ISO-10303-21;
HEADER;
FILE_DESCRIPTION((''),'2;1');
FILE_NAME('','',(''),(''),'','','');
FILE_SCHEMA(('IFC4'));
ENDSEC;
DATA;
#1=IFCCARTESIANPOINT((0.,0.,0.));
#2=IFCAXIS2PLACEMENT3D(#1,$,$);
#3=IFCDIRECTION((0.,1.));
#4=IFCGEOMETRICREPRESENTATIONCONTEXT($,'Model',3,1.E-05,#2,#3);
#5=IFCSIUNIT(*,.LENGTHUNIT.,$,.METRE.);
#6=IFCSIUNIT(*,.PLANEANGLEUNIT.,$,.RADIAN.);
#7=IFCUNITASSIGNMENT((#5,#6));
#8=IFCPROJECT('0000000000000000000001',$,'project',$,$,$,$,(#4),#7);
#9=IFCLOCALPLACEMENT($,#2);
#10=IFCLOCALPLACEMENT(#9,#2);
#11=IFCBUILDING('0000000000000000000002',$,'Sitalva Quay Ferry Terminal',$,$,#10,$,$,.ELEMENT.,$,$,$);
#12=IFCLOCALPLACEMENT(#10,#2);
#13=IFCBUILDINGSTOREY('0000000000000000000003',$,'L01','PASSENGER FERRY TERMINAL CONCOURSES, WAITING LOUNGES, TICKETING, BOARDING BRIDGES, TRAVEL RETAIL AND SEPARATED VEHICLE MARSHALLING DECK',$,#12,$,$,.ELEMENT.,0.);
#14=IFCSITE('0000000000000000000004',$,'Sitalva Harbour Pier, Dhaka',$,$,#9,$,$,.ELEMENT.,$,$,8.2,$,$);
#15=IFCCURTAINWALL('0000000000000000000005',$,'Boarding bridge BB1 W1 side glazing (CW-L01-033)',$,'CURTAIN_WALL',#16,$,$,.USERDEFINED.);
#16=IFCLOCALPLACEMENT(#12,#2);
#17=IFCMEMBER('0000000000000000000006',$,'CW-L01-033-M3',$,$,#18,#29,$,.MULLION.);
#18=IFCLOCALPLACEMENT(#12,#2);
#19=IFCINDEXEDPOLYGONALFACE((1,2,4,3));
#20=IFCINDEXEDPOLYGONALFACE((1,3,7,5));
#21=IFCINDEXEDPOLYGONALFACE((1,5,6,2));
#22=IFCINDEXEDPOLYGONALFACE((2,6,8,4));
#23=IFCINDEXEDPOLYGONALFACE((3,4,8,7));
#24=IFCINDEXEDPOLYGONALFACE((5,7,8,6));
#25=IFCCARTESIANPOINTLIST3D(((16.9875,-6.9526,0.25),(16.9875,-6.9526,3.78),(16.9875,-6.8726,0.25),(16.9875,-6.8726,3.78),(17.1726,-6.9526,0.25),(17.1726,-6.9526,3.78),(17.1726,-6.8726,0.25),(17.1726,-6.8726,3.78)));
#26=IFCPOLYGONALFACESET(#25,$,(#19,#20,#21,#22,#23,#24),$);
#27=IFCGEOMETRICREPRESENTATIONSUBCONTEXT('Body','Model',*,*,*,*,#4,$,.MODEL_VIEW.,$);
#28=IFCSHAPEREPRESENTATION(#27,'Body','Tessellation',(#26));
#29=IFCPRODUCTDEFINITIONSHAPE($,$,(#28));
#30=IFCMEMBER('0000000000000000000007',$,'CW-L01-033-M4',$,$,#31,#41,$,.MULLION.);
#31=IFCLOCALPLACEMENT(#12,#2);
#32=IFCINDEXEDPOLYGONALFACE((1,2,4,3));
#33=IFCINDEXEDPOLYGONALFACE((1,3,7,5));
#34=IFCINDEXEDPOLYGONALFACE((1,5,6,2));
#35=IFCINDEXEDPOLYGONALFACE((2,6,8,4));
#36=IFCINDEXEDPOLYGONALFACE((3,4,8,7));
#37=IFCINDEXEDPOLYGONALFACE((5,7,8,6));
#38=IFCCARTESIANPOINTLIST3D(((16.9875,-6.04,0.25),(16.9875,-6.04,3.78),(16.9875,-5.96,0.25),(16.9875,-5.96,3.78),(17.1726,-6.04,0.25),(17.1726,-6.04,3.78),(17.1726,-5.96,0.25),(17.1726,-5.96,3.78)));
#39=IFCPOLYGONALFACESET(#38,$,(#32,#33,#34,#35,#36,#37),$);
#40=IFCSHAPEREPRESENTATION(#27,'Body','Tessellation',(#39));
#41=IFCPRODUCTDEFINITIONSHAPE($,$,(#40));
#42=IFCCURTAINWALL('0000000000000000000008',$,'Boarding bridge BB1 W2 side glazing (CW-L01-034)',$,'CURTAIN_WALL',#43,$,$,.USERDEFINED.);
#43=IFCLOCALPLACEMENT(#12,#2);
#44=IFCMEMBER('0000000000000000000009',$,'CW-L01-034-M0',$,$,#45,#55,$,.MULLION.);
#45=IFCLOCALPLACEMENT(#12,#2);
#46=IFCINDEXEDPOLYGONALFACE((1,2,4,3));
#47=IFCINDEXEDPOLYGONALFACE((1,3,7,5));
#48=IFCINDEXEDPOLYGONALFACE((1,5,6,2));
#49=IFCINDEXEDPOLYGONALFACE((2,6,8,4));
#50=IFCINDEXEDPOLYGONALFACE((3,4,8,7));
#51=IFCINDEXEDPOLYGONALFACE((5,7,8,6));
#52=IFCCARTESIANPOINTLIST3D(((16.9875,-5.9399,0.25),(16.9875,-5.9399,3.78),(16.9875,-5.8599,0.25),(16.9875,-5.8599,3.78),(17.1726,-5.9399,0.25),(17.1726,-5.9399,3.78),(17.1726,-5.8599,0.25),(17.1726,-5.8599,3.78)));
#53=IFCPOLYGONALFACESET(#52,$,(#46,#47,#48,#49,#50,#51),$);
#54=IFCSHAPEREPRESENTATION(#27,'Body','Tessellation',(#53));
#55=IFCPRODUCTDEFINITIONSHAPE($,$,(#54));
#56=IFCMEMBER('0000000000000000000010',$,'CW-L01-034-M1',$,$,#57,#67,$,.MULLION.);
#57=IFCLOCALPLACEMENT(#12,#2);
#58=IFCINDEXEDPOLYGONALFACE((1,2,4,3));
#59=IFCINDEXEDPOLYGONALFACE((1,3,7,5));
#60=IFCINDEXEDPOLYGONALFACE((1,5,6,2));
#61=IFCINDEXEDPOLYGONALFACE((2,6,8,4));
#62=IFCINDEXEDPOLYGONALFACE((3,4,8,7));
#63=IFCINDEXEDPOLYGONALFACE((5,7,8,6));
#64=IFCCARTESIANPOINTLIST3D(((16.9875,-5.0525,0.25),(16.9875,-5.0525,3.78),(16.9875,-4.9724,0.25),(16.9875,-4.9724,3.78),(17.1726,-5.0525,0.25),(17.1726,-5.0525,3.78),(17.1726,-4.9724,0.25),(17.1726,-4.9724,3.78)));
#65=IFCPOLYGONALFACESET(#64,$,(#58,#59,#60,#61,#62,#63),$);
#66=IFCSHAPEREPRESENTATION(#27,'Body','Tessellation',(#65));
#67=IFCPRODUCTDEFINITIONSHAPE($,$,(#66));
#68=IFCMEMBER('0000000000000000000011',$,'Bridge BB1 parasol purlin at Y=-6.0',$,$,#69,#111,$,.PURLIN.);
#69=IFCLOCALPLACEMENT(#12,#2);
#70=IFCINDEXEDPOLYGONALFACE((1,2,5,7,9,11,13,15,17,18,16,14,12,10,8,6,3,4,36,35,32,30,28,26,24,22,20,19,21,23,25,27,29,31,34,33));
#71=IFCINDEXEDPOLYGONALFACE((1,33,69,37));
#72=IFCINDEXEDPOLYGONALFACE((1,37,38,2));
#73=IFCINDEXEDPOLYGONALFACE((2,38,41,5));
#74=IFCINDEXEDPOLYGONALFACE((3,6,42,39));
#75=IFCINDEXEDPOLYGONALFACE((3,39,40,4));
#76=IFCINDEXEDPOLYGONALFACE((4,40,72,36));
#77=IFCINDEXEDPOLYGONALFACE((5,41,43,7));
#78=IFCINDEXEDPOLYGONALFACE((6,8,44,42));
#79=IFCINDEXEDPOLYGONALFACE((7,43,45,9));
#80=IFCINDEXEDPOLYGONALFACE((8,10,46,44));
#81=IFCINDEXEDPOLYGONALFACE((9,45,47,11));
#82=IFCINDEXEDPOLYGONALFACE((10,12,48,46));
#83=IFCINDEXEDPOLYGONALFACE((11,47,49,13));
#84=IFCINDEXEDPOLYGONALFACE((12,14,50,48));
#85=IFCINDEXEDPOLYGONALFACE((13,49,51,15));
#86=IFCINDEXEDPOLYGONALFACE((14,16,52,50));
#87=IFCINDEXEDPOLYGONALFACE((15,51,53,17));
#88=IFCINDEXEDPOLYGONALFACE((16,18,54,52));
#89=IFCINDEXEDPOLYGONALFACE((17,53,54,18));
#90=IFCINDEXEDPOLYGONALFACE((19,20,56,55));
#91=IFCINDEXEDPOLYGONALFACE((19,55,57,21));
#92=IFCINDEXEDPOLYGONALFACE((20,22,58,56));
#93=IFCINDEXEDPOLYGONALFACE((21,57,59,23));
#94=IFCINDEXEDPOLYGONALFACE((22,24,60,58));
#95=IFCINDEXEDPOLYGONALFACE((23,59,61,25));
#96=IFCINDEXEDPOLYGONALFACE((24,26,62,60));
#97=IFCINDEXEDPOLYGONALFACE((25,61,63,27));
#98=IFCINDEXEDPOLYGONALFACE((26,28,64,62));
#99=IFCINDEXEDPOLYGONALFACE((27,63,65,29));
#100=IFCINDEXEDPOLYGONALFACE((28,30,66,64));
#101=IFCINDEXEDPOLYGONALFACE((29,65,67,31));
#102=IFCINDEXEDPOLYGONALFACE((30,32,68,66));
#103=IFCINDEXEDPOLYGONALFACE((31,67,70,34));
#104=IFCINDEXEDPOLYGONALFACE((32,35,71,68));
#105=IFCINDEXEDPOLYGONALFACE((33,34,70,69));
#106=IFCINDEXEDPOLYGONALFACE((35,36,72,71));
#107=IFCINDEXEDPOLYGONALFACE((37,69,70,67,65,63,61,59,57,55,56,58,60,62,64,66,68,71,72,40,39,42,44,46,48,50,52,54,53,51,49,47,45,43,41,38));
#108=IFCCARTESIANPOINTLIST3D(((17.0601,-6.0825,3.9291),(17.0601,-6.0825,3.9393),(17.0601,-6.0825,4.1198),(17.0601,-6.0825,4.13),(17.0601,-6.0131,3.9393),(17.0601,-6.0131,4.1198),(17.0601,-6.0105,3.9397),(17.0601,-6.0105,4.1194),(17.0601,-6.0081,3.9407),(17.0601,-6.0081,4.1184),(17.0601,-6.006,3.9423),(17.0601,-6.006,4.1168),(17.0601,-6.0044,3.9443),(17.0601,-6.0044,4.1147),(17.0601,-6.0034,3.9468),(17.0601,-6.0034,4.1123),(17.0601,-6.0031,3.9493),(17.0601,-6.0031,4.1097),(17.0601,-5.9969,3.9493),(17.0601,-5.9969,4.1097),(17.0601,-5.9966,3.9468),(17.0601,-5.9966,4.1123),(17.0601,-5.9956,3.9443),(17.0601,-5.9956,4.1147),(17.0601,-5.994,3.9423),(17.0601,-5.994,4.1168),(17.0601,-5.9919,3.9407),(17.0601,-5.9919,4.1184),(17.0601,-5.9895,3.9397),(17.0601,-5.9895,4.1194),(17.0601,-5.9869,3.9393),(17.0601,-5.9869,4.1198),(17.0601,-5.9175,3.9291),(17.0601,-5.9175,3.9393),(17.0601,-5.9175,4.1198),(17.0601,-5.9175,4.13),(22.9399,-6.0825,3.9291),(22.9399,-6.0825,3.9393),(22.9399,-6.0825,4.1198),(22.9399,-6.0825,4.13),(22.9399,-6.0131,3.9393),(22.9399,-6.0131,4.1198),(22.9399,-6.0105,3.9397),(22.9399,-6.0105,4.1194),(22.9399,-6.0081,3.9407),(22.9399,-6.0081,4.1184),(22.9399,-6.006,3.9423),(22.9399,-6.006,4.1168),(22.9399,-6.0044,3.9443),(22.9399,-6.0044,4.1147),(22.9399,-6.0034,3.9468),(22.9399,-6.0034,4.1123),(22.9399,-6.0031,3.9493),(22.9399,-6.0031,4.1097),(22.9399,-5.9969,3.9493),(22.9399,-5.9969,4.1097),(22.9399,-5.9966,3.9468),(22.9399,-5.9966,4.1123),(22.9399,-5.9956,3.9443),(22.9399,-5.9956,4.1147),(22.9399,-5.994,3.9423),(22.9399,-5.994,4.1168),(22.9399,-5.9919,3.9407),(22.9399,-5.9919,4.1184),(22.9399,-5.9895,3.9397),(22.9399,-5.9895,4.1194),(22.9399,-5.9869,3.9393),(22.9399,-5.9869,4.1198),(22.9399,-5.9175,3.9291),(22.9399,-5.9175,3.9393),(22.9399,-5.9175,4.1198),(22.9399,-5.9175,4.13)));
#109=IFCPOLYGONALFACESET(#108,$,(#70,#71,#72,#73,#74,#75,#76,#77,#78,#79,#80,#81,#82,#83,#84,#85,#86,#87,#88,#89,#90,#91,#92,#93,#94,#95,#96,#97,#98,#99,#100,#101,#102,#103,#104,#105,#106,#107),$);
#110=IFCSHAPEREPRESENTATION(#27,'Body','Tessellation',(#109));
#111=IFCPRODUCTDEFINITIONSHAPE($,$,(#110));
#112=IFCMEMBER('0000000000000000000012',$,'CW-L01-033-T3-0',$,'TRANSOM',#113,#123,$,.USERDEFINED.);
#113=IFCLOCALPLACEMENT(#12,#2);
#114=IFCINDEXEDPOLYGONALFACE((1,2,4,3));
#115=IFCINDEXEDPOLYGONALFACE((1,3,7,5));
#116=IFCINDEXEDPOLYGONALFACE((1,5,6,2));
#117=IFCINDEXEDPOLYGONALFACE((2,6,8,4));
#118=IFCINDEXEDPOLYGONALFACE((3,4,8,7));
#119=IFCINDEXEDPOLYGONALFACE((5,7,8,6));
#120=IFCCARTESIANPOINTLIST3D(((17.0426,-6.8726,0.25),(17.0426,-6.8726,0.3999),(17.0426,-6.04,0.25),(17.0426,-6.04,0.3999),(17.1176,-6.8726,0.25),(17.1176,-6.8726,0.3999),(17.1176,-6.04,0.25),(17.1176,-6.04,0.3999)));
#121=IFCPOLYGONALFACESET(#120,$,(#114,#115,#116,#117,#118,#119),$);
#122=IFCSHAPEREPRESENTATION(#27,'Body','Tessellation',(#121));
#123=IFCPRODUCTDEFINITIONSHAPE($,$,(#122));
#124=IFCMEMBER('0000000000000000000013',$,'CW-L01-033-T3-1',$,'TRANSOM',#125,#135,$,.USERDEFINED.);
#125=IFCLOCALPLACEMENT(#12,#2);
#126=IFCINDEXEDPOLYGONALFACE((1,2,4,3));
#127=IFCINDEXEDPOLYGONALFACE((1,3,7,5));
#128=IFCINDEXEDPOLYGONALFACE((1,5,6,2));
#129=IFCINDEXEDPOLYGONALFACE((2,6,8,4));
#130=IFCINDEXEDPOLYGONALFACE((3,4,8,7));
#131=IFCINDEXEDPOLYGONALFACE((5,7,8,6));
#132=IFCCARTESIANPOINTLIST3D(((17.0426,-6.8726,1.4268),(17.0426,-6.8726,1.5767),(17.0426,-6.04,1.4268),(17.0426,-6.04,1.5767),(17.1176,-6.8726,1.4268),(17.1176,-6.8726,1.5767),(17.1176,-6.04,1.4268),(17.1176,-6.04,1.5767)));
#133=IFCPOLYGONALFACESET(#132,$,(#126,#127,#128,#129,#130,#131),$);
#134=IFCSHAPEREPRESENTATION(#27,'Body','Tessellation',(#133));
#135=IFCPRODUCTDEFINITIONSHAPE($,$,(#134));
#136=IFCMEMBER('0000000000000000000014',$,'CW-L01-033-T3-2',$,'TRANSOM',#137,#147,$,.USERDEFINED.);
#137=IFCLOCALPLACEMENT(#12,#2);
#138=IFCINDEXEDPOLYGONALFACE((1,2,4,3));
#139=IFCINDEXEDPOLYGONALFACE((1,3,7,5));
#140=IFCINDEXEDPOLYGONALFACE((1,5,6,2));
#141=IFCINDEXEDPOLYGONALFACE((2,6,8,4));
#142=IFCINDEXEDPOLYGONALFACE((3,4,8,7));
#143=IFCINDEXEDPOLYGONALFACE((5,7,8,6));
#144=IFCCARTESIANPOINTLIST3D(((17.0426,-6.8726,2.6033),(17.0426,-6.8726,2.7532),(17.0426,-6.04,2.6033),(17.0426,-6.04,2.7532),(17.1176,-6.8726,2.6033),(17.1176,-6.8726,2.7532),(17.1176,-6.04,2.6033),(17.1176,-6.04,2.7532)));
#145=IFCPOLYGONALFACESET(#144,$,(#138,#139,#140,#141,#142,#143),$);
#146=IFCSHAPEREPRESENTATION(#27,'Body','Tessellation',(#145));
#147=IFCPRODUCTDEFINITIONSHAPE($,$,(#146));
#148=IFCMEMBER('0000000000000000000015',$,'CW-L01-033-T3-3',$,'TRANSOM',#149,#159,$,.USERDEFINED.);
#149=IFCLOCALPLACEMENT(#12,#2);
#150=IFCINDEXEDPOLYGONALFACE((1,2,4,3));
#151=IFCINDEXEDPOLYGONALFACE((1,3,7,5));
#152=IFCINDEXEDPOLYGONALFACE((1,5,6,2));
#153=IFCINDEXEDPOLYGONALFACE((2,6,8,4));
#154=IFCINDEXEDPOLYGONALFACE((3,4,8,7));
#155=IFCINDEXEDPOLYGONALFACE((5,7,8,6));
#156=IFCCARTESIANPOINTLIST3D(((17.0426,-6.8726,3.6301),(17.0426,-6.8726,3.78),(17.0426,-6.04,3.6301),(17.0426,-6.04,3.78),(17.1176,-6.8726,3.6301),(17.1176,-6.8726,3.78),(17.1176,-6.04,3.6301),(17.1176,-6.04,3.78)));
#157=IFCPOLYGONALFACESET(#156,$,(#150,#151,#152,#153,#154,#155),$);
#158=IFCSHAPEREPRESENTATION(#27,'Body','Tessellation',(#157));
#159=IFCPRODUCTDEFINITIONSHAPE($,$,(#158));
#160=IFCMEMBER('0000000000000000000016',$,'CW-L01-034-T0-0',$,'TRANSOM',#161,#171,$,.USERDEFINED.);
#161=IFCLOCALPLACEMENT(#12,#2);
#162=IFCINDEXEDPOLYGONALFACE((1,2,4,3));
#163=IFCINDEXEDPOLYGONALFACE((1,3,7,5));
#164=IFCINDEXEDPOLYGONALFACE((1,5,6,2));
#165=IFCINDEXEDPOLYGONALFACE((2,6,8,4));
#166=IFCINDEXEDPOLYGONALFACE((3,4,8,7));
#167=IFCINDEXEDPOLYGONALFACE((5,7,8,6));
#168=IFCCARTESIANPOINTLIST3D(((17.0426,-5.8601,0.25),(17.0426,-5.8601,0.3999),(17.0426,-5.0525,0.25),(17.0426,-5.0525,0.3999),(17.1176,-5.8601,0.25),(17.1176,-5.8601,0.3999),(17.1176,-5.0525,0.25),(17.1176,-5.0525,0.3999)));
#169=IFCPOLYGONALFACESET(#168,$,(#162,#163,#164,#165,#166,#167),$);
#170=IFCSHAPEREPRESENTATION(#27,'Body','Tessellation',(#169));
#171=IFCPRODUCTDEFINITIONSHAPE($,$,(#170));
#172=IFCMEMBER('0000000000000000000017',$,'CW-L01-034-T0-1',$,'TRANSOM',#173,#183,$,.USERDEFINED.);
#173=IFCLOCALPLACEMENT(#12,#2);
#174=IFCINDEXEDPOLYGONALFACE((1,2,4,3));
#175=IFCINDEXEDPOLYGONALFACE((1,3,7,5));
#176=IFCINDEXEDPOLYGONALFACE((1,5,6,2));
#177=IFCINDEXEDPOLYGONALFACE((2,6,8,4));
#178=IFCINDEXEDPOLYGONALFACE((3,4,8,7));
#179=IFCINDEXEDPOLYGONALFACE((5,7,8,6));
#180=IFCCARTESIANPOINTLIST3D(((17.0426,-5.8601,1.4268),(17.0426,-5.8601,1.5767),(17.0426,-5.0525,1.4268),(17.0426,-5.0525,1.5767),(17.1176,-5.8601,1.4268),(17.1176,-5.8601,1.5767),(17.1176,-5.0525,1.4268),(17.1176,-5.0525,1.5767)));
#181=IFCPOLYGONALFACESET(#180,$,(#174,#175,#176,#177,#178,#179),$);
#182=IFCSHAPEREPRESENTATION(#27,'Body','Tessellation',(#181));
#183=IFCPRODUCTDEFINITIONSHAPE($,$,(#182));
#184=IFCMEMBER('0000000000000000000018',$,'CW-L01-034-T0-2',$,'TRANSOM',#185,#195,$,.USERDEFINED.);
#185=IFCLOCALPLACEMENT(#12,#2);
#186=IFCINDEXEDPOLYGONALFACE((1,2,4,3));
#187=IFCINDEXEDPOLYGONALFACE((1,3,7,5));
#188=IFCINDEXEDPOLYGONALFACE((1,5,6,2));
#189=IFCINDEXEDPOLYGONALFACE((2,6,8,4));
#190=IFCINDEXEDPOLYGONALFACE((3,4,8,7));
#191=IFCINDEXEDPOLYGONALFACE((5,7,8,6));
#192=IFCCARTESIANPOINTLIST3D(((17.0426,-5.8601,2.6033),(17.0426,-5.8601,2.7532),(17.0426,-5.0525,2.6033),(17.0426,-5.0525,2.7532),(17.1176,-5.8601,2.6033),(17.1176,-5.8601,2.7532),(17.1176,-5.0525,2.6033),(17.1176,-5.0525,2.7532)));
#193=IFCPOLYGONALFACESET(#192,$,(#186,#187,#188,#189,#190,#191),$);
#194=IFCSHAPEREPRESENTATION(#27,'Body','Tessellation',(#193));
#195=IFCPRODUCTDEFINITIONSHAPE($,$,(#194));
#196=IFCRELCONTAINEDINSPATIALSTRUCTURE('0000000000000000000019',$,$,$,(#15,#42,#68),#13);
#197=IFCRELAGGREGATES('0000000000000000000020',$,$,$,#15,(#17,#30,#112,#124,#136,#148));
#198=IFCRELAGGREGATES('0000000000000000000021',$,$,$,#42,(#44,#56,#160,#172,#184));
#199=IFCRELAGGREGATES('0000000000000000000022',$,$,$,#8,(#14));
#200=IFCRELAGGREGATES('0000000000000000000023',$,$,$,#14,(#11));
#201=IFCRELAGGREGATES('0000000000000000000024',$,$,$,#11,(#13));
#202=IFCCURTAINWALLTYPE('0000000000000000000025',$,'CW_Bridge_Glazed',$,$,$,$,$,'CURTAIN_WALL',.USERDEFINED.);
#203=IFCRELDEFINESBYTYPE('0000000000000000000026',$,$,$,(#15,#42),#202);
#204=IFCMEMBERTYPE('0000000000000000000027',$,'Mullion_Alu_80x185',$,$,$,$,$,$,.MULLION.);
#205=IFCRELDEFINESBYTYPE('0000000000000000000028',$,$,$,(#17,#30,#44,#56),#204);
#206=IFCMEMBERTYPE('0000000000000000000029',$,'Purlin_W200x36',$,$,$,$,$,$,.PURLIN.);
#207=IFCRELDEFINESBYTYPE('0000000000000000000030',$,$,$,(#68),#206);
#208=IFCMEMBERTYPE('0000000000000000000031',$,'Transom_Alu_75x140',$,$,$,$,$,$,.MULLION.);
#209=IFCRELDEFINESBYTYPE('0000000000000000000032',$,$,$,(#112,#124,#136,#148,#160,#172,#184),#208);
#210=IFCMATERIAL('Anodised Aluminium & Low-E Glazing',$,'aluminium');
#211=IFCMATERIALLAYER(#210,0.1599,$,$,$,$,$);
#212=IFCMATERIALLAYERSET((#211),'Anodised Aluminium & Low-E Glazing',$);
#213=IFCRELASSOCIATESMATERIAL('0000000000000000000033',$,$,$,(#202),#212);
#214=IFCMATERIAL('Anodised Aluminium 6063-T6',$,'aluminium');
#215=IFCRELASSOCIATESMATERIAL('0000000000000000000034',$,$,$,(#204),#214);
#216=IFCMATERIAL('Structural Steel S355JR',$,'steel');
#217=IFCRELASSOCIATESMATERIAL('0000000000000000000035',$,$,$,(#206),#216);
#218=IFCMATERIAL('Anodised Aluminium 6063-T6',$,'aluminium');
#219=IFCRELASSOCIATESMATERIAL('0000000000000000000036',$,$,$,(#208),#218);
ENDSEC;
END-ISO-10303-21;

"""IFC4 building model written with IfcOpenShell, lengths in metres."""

from ifc_helpers import new_model, si_unit, direction, frame, origin, origin_2d, place, context, subcontext, project, spatial, rectangle, i_section, extrude, material, layer, layer_set, material_profile, profile_set, type_object, element, aggregate, save


model = new_model("IFC4")

# Units and contexts
model_context = context("Model", 3, precision=1e-05, world=origin(), true_north=direction((0.0, 1.0)))
body_context = subcontext(model_context, "Body", "Model", "MODEL_VIEW")
ifc_project = project(units=[si_unit("LENGTHUNIT", "METRE"), si_unit("PLANEANGLEUNIT", "RADIAN")], contexts=[model_context])

# Site, building, storey
site_placement = place(None, origin())
site = spatial("IfcSite", under=ifc_project, at=site_placement, Name="Sitalva Harbour Pier, Dhaka", CompositionType="ELEMENT", RefElevation=8.2)
building_placement = place(site_placement, origin())
building = spatial("IfcBuilding", under=site, at=building_placement, Name="Sitalva Quay Ferry Terminal", CompositionType="ELEMENT")
storey_placement = place(building_placement, origin())
storey = spatial("IfcBuildingStorey", under=building, at=storey_placement, Name="L01", Description="PASSENGER FERRY TERMINAL CONCOURSES, WAITING LOUNGES, TICKETING, BOARDING BRIDGES, TRAVEL RETAIL AND SEPARATED VEHICLE MARSHALLING DECK", CompositionType="ELEMENT", Elevation=0.0)

# Curtain walls, members
ifc_material_1 = material(Name="Anodised Aluminium & Low-E Glazing", Category="aluminium")
ifc_layer_1 = layer(ifc_material_1, 0.1599)
ifc_layer_set_1 = layer_set([ifc_layer_1], Name="Anodised Aluminium & Low-E Glazing")
curtain_wall_type = type_object("IfcCurtainWallType", Name="CW_Bridge_Glazed", ElementType="CURTAIN_WALL", PredefinedType="USERDEFINED", material=ifc_layer_set_1)
curtain_wall_1_placement = place(storey_placement, origin())
curtain_wall_1 = element("IfcCurtainWall", 1, at=curtain_wall_1_placement, inside=storey, type_object=curtain_wall_type, Name="Boarding bridge BB1 W1 side glazing (CW-L01-033)", ObjectType="CURTAIN_WALL", PredefinedType="USERDEFINED")
ifc_material_2 = material(Name="Anodised Aluminium 6063-T6", Category="aluminium")
ifc_material_profile_1 = material_profile(ifc_material_2, rectangle(XDim=0.0801, YDim=0.1851, at=origin_2d()), Name="ALU80x185")
ifc_profile_set_1 = profile_set([ifc_material_profile_1], Name="Anodised Aluminium 6063-T6")
member_type_1 = type_object("IfcMemberType", Name="Mullion_Alu_80x185", PredefinedType="MULLION", material=ifc_profile_set_1)
member_1_placement = place(storey_placement, frame((17.0801, -6.9126, 0.25), z_axis=(0.0, 0.0, 1.0), x_axis=(0.0, 1.0, 0.0)))
member_1 = element("IfcMember", 2, at=member_1_placement, type_object=member_type_1, Name="CW-L01-033-M3", PredefinedType="MULLION", context=body_context, shape_type="SweptSolid", body=[
    extrude(rectangle(XDim=0.0801, YDim=0.1851, at=origin_2d()), origin(), (0.0, 0.0, 1.0), 3.53),
])
member_2_placement = place(storey_placement, frame((17.0801, -6.0, 0.25), z_axis=(0.0, 0.0, 1.0), x_axis=(0.0, 1.0, 0.0)))
member_2 = element("IfcMember", 3, at=member_2_placement, type_object=member_type_1, Name="CW-L01-033-M4", PredefinedType="MULLION", context=body_context, shape_type="SweptSolid", body=[
    extrude(rectangle(XDim=0.0801, YDim=0.1851, at=origin_2d()), origin(), (0.0, 0.0, 1.0), 3.53),
])
curtain_wall_2_placement = place(storey_placement, origin())
curtain_wall_2 = element("IfcCurtainWall", 4, at=curtain_wall_2_placement, inside=storey, type_object=curtain_wall_type, Name="Boarding bridge BB1 W2 side glazing (CW-L01-034)", ObjectType="CURTAIN_WALL", PredefinedType="USERDEFINED")
member_3_placement = place(storey_placement, frame((17.0801, -5.8999, 0.25), z_axis=(0.0, 0.0, 1.0), x_axis=(0.0, 1.0, 0.0)))
member_3 = element("IfcMember", 5, at=member_3_placement, type_object=member_type_1, Name="CW-L01-034-M0", PredefinedType="MULLION", context=body_context, shape_type="SweptSolid", body=[
    extrude(rectangle(XDim=0.0801, YDim=0.1851, at=origin_2d()), origin(), (0.0, 0.0, 1.0), 3.53),
])
member_4_placement = place(storey_placement, frame((17.0801, -5.0125, 0.25), z_axis=(0.0, 0.0, 1.0), x_axis=(0.0, 1.0, 0.0)))
member_4 = element("IfcMember", 6, at=member_4_placement, type_object=member_type_1, Name="CW-L01-034-M1", PredefinedType="MULLION", context=body_context, shape_type="SweptSolid", body=[
    extrude(rectangle(XDim=0.0801, YDim=0.1851, at=origin_2d()), origin(), (0.0, 0.0, 1.0), 3.53),
])

# Members
ifc_material_3 = material(Name="Structural Steel S355JR", Category="steel")
ifc_material_profile_2 = material_profile(ifc_material_3, i_section(OverallWidth=0.165, OverallDepth=0.2009, WebThickness=0.0061, FlangeThickness=0.0103, FilletRadius=0.01, at=origin_2d()), Name="W200x36")
ifc_profile_set_2 = profile_set([ifc_material_profile_2], Name="Structural Steel S355JR")
member_type_2 = type_object("IfcMemberType", Name="Purlin_W200x36", PredefinedType="PURLIN", material=ifc_profile_set_2)
member_5_placement = place(storey_placement, frame((17.0601, -6.0, 4.0295), z_axis=(1.0, 0.0, 0.0), x_axis=(0.0, 1.0, 0.0)))
element("IfcMember", 7, at=member_5_placement, inside=storey, type_object=member_type_2, Name="Bridge BB1 parasol purlin at Y=-6.0", PredefinedType="PURLIN", context=body_context, shape_type="SweptSolid", body=[
    extrude(i_section(OverallWidth=0.165, OverallDepth=0.2009, WebThickness=0.0061, FlangeThickness=0.0103, FilletRadius=0.01, at=origin_2d()), origin(), (0.0, 0.0, 1.0), 5.8799),
])
ifc_material_4 = material(Name="Anodised Aluminium 6063-T6", Category="aluminium")
ifc_material_profile_3 = material_profile(ifc_material_4, rectangle(XDim=0.075, YDim=0.1499, at=origin_2d()), Name="ALU75x150")
ifc_profile_set_3 = profile_set([ifc_material_profile_3], Name="Anodised Aluminium 6063-T6")
member_type_3 = type_object("IfcMemberType", Name="Transom_Alu_75x140", PredefinedType="MULLION", material=ifc_profile_set_3)
member_6_placement = place(storey_placement, frame((17.0801, -6.8726, 0.325), z_axis=(0.0, 1.0, 0.0), x_axis=(-1.0, 0.0, 0.0)))
member_6 = element("IfcMember", 8, at=member_6_placement, type_object=member_type_3, Name="CW-L01-033-T3-0", ObjectType="TRANSOM", PredefinedType="USERDEFINED", context=body_context, shape_type="SweptSolid", body=[
    extrude(rectangle(XDim=0.075, YDim=0.1499, at=origin_2d()), origin(), (0.0, 0.0, 1.0), 0.8325),
])
member_7_placement = place(storey_placement, frame((17.0801, -6.8726, 1.5017), z_axis=(0.0, 1.0, 0.0), x_axis=(-1.0, 0.0, 0.0)))
member_7 = element("IfcMember", 9, at=member_7_placement, type_object=member_type_3, Name="CW-L01-033-T3-1", ObjectType="TRANSOM", PredefinedType="USERDEFINED", context=body_context, shape_type="SweptSolid", body=[
    extrude(rectangle(XDim=0.075, YDim=0.1499, at=origin_2d()), origin(), (0.0, 0.0, 1.0), 0.8325),
])
member_8_placement = place(storey_placement, frame((17.0801, -6.8726, 2.6782), z_axis=(0.0, 1.0, 0.0), x_axis=(-1.0, 0.0, 0.0)))
member_8 = element("IfcMember", 10, at=member_8_placement, type_object=member_type_3, Name="CW-L01-033-T3-2", ObjectType="TRANSOM", PredefinedType="USERDEFINED", context=body_context, shape_type="SweptSolid", body=[
    extrude(rectangle(XDim=0.075, YDim=0.1499, at=origin_2d()), origin(), (0.0, 0.0, 1.0), 0.8325),
])
member_9_placement = place(storey_placement, frame((17.0801, -6.8726, 3.7051), z_axis=(0.0, 1.0, 0.0), x_axis=(-1.0, 0.0, 0.0)))
member_9 = element("IfcMember", 11, at=member_9_placement, type_object=member_type_3, Name="CW-L01-033-T3-3", ObjectType="TRANSOM", PredefinedType="USERDEFINED", context=body_context, shape_type="SweptSolid", body=[
    extrude(rectangle(XDim=0.075, YDim=0.1499, at=origin_2d()), origin(), (0.0, 0.0, 1.0), 0.8325),
])
member_10_placement = place(storey_placement, frame((17.0801, -5.8601, 0.325), z_axis=(0.0, 1.0, 0.0), x_axis=(-1.0, 0.0, 0.0)))
member_10 = element("IfcMember", 12, at=member_10_placement, type_object=member_type_3, Name="CW-L01-034-T0-0", ObjectType="TRANSOM", PredefinedType="USERDEFINED", context=body_context, shape_type="SweptSolid", body=[
    extrude(rectangle(XDim=0.075, YDim=0.1499, at=origin_2d()), origin(), (0.0, 0.0, 1.0), 0.8076),
])
member_11_placement = place(storey_placement, frame((17.0801, -5.8601, 1.5017), z_axis=(0.0, 1.0, 0.0), x_axis=(-1.0, 0.0, 0.0)))
member_11 = element("IfcMember", 13, at=member_11_placement, type_object=member_type_3, Name="CW-L01-034-T0-1", ObjectType="TRANSOM", PredefinedType="USERDEFINED", context=body_context, shape_type="SweptSolid", body=[
    extrude(rectangle(XDim=0.075, YDim=0.1499, at=origin_2d()), origin(), (0.0, 0.0, 1.0), 0.8076),
])
member_12_placement = place(storey_placement, frame((17.0801, -5.8601, 2.6782), z_axis=(0.0, 1.0, 0.0), x_axis=(-1.0, 0.0, 0.0)))
member_12 = element("IfcMember", 14, at=member_12_placement, type_object=member_type_3, Name="CW-L01-034-T0-2", ObjectType="TRANSOM", PredefinedType="USERDEFINED", context=body_context, shape_type="SweptSolid", body=[
    extrude(rectangle(XDim=0.075, YDim=0.1499, at=origin_2d()), origin(), (0.0, 0.0, 1.0), 0.8076),
])

aggregate(curtain_wall_1, [member_1, member_2, member_6, member_7, member_8, member_9])
aggregate(curtain_wall_2, [member_3, member_4, member_10, member_11, member_12])

save(model, "model.ifc")
